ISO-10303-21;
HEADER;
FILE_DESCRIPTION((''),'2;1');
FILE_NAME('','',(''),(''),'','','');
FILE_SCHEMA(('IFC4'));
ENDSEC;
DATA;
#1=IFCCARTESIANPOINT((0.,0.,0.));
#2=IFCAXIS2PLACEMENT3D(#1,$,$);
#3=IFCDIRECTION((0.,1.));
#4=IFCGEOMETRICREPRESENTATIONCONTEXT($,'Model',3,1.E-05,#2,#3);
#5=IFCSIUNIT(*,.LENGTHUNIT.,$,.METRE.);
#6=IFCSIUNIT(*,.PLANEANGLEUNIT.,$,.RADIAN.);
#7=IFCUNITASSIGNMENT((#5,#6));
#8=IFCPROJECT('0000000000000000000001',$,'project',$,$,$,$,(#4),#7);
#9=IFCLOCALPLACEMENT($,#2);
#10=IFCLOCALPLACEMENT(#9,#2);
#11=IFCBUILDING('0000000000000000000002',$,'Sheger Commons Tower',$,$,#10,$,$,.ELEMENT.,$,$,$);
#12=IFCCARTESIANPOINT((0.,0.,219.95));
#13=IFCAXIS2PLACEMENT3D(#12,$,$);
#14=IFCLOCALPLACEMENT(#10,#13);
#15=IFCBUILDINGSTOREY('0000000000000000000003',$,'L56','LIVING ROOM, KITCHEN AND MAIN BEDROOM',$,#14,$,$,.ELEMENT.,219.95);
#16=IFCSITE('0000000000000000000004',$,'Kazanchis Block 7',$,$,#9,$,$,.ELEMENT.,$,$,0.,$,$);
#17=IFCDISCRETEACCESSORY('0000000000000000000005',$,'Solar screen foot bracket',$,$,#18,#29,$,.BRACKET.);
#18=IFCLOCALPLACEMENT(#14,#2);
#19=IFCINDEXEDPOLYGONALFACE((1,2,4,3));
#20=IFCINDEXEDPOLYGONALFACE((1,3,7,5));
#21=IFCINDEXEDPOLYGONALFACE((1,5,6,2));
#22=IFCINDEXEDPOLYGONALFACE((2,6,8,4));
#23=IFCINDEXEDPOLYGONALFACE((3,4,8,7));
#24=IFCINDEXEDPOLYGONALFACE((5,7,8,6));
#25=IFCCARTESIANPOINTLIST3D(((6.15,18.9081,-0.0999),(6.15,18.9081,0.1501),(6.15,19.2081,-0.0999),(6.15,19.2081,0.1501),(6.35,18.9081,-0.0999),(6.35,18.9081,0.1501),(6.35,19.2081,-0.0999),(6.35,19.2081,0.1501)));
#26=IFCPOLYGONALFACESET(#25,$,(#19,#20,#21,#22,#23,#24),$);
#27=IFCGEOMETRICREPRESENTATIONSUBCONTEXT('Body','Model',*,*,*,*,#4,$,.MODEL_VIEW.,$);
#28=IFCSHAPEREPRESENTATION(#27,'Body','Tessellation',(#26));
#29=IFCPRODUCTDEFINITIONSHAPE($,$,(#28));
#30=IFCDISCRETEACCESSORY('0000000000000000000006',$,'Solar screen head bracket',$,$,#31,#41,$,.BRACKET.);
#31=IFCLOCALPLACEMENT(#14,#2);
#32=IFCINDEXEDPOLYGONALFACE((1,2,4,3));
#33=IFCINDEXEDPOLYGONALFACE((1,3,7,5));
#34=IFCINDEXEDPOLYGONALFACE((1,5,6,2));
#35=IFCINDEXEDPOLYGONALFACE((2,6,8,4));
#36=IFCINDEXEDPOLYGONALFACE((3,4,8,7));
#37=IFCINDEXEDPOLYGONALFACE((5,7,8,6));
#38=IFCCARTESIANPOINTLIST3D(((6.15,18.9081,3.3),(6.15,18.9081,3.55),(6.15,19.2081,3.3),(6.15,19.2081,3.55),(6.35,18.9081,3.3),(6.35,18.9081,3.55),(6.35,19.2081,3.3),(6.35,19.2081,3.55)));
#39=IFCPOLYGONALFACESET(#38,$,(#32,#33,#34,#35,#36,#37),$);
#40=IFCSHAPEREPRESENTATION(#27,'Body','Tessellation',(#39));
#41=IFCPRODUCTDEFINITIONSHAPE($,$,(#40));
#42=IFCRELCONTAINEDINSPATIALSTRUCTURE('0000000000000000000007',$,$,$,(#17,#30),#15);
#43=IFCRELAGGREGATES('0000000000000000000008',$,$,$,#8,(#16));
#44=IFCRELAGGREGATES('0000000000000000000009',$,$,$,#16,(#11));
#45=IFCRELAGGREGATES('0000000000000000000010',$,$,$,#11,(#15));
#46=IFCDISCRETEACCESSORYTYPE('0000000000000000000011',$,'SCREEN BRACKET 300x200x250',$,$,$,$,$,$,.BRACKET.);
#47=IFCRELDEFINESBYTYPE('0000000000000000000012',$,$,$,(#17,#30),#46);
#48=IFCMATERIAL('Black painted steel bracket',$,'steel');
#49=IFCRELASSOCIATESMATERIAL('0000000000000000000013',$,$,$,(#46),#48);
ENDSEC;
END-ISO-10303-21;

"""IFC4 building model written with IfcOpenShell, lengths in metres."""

from ifc_helpers import new_model, si_unit, direction, frame, origin, origin_2d, place, context, subcontext, project, spatial, rectangle, extrude, material, type_object, element, save


model = new_model("IFC4")

# Units and contexts
model_context = context("Model", 3, precision=1e-05, world=origin(), true_north=direction((0.0, 1.0)))
body_context = subcontext(model_context, "Body", "Model", "MODEL_VIEW")
ifc_project = project(units=[si_unit("LENGTHUNIT", "METRE"), si_unit("PLANEANGLEUNIT", "RADIAN")], contexts=[model_context])

# Site, building, storey
site_placement = place(None, origin())
site = spatial("IfcSite", under=ifc_project, at=site_placement, Name="Kazanchis Block 7", CompositionType="ELEMENT", RefElevation=0.0)
building_placement = place(site_placement, origin())
building = spatial("IfcBuilding", under=site, at=building_placement, Name="Sheger Commons Tower", CompositionType="ELEMENT")
storey_placement = place(building_placement, frame((0.0, 0.0, 219.95)))
storey = spatial("IfcBuildingStorey", under=building, at=storey_placement, Name="L56", Description="LIVING ROOM, KITCHEN AND MAIN BEDROOM", CompositionType="ELEMENT", Elevation=219.95)

# Discrete accessories
ifc_material_1 = material(Name="Black painted steel bracket", Category="steel")
discrete_accessory_type = type_object("IfcDiscreteAccessoryType", Name="SCREEN BRACKET 300x200x250", PredefinedType="BRACKET", material=ifc_material_1)
for number, where, z_axis, x_axis, name in (
    (1, (6.25, 19.0581, -0.0999), (0.0, 0.0, 1.0), (0.0, -1.0, 0.0), "Solar screen foot bracket"),
    (2, (6.25, 19.0581, 3.3), (0.0, 0.0, 1.0), (0.0, -1.0, 0.0), "Solar screen head bracket"),
):
    element("IfcDiscreteAccessory", number, at=place(storey_placement, frame(where, z_axis=z_axis, x_axis=x_axis)), inside=storey, type_object=discrete_accessory_type, Name=name, PredefinedType="BRACKET", context=body_context, shape_type="SweptSolid", body=[
        extrude(rectangle(XDim=0.3, YDim=0.2, at=origin_2d()), origin(), (0.0, 0.0, 1.0), 0.25),
    ])

save(model, "model.ifc")
